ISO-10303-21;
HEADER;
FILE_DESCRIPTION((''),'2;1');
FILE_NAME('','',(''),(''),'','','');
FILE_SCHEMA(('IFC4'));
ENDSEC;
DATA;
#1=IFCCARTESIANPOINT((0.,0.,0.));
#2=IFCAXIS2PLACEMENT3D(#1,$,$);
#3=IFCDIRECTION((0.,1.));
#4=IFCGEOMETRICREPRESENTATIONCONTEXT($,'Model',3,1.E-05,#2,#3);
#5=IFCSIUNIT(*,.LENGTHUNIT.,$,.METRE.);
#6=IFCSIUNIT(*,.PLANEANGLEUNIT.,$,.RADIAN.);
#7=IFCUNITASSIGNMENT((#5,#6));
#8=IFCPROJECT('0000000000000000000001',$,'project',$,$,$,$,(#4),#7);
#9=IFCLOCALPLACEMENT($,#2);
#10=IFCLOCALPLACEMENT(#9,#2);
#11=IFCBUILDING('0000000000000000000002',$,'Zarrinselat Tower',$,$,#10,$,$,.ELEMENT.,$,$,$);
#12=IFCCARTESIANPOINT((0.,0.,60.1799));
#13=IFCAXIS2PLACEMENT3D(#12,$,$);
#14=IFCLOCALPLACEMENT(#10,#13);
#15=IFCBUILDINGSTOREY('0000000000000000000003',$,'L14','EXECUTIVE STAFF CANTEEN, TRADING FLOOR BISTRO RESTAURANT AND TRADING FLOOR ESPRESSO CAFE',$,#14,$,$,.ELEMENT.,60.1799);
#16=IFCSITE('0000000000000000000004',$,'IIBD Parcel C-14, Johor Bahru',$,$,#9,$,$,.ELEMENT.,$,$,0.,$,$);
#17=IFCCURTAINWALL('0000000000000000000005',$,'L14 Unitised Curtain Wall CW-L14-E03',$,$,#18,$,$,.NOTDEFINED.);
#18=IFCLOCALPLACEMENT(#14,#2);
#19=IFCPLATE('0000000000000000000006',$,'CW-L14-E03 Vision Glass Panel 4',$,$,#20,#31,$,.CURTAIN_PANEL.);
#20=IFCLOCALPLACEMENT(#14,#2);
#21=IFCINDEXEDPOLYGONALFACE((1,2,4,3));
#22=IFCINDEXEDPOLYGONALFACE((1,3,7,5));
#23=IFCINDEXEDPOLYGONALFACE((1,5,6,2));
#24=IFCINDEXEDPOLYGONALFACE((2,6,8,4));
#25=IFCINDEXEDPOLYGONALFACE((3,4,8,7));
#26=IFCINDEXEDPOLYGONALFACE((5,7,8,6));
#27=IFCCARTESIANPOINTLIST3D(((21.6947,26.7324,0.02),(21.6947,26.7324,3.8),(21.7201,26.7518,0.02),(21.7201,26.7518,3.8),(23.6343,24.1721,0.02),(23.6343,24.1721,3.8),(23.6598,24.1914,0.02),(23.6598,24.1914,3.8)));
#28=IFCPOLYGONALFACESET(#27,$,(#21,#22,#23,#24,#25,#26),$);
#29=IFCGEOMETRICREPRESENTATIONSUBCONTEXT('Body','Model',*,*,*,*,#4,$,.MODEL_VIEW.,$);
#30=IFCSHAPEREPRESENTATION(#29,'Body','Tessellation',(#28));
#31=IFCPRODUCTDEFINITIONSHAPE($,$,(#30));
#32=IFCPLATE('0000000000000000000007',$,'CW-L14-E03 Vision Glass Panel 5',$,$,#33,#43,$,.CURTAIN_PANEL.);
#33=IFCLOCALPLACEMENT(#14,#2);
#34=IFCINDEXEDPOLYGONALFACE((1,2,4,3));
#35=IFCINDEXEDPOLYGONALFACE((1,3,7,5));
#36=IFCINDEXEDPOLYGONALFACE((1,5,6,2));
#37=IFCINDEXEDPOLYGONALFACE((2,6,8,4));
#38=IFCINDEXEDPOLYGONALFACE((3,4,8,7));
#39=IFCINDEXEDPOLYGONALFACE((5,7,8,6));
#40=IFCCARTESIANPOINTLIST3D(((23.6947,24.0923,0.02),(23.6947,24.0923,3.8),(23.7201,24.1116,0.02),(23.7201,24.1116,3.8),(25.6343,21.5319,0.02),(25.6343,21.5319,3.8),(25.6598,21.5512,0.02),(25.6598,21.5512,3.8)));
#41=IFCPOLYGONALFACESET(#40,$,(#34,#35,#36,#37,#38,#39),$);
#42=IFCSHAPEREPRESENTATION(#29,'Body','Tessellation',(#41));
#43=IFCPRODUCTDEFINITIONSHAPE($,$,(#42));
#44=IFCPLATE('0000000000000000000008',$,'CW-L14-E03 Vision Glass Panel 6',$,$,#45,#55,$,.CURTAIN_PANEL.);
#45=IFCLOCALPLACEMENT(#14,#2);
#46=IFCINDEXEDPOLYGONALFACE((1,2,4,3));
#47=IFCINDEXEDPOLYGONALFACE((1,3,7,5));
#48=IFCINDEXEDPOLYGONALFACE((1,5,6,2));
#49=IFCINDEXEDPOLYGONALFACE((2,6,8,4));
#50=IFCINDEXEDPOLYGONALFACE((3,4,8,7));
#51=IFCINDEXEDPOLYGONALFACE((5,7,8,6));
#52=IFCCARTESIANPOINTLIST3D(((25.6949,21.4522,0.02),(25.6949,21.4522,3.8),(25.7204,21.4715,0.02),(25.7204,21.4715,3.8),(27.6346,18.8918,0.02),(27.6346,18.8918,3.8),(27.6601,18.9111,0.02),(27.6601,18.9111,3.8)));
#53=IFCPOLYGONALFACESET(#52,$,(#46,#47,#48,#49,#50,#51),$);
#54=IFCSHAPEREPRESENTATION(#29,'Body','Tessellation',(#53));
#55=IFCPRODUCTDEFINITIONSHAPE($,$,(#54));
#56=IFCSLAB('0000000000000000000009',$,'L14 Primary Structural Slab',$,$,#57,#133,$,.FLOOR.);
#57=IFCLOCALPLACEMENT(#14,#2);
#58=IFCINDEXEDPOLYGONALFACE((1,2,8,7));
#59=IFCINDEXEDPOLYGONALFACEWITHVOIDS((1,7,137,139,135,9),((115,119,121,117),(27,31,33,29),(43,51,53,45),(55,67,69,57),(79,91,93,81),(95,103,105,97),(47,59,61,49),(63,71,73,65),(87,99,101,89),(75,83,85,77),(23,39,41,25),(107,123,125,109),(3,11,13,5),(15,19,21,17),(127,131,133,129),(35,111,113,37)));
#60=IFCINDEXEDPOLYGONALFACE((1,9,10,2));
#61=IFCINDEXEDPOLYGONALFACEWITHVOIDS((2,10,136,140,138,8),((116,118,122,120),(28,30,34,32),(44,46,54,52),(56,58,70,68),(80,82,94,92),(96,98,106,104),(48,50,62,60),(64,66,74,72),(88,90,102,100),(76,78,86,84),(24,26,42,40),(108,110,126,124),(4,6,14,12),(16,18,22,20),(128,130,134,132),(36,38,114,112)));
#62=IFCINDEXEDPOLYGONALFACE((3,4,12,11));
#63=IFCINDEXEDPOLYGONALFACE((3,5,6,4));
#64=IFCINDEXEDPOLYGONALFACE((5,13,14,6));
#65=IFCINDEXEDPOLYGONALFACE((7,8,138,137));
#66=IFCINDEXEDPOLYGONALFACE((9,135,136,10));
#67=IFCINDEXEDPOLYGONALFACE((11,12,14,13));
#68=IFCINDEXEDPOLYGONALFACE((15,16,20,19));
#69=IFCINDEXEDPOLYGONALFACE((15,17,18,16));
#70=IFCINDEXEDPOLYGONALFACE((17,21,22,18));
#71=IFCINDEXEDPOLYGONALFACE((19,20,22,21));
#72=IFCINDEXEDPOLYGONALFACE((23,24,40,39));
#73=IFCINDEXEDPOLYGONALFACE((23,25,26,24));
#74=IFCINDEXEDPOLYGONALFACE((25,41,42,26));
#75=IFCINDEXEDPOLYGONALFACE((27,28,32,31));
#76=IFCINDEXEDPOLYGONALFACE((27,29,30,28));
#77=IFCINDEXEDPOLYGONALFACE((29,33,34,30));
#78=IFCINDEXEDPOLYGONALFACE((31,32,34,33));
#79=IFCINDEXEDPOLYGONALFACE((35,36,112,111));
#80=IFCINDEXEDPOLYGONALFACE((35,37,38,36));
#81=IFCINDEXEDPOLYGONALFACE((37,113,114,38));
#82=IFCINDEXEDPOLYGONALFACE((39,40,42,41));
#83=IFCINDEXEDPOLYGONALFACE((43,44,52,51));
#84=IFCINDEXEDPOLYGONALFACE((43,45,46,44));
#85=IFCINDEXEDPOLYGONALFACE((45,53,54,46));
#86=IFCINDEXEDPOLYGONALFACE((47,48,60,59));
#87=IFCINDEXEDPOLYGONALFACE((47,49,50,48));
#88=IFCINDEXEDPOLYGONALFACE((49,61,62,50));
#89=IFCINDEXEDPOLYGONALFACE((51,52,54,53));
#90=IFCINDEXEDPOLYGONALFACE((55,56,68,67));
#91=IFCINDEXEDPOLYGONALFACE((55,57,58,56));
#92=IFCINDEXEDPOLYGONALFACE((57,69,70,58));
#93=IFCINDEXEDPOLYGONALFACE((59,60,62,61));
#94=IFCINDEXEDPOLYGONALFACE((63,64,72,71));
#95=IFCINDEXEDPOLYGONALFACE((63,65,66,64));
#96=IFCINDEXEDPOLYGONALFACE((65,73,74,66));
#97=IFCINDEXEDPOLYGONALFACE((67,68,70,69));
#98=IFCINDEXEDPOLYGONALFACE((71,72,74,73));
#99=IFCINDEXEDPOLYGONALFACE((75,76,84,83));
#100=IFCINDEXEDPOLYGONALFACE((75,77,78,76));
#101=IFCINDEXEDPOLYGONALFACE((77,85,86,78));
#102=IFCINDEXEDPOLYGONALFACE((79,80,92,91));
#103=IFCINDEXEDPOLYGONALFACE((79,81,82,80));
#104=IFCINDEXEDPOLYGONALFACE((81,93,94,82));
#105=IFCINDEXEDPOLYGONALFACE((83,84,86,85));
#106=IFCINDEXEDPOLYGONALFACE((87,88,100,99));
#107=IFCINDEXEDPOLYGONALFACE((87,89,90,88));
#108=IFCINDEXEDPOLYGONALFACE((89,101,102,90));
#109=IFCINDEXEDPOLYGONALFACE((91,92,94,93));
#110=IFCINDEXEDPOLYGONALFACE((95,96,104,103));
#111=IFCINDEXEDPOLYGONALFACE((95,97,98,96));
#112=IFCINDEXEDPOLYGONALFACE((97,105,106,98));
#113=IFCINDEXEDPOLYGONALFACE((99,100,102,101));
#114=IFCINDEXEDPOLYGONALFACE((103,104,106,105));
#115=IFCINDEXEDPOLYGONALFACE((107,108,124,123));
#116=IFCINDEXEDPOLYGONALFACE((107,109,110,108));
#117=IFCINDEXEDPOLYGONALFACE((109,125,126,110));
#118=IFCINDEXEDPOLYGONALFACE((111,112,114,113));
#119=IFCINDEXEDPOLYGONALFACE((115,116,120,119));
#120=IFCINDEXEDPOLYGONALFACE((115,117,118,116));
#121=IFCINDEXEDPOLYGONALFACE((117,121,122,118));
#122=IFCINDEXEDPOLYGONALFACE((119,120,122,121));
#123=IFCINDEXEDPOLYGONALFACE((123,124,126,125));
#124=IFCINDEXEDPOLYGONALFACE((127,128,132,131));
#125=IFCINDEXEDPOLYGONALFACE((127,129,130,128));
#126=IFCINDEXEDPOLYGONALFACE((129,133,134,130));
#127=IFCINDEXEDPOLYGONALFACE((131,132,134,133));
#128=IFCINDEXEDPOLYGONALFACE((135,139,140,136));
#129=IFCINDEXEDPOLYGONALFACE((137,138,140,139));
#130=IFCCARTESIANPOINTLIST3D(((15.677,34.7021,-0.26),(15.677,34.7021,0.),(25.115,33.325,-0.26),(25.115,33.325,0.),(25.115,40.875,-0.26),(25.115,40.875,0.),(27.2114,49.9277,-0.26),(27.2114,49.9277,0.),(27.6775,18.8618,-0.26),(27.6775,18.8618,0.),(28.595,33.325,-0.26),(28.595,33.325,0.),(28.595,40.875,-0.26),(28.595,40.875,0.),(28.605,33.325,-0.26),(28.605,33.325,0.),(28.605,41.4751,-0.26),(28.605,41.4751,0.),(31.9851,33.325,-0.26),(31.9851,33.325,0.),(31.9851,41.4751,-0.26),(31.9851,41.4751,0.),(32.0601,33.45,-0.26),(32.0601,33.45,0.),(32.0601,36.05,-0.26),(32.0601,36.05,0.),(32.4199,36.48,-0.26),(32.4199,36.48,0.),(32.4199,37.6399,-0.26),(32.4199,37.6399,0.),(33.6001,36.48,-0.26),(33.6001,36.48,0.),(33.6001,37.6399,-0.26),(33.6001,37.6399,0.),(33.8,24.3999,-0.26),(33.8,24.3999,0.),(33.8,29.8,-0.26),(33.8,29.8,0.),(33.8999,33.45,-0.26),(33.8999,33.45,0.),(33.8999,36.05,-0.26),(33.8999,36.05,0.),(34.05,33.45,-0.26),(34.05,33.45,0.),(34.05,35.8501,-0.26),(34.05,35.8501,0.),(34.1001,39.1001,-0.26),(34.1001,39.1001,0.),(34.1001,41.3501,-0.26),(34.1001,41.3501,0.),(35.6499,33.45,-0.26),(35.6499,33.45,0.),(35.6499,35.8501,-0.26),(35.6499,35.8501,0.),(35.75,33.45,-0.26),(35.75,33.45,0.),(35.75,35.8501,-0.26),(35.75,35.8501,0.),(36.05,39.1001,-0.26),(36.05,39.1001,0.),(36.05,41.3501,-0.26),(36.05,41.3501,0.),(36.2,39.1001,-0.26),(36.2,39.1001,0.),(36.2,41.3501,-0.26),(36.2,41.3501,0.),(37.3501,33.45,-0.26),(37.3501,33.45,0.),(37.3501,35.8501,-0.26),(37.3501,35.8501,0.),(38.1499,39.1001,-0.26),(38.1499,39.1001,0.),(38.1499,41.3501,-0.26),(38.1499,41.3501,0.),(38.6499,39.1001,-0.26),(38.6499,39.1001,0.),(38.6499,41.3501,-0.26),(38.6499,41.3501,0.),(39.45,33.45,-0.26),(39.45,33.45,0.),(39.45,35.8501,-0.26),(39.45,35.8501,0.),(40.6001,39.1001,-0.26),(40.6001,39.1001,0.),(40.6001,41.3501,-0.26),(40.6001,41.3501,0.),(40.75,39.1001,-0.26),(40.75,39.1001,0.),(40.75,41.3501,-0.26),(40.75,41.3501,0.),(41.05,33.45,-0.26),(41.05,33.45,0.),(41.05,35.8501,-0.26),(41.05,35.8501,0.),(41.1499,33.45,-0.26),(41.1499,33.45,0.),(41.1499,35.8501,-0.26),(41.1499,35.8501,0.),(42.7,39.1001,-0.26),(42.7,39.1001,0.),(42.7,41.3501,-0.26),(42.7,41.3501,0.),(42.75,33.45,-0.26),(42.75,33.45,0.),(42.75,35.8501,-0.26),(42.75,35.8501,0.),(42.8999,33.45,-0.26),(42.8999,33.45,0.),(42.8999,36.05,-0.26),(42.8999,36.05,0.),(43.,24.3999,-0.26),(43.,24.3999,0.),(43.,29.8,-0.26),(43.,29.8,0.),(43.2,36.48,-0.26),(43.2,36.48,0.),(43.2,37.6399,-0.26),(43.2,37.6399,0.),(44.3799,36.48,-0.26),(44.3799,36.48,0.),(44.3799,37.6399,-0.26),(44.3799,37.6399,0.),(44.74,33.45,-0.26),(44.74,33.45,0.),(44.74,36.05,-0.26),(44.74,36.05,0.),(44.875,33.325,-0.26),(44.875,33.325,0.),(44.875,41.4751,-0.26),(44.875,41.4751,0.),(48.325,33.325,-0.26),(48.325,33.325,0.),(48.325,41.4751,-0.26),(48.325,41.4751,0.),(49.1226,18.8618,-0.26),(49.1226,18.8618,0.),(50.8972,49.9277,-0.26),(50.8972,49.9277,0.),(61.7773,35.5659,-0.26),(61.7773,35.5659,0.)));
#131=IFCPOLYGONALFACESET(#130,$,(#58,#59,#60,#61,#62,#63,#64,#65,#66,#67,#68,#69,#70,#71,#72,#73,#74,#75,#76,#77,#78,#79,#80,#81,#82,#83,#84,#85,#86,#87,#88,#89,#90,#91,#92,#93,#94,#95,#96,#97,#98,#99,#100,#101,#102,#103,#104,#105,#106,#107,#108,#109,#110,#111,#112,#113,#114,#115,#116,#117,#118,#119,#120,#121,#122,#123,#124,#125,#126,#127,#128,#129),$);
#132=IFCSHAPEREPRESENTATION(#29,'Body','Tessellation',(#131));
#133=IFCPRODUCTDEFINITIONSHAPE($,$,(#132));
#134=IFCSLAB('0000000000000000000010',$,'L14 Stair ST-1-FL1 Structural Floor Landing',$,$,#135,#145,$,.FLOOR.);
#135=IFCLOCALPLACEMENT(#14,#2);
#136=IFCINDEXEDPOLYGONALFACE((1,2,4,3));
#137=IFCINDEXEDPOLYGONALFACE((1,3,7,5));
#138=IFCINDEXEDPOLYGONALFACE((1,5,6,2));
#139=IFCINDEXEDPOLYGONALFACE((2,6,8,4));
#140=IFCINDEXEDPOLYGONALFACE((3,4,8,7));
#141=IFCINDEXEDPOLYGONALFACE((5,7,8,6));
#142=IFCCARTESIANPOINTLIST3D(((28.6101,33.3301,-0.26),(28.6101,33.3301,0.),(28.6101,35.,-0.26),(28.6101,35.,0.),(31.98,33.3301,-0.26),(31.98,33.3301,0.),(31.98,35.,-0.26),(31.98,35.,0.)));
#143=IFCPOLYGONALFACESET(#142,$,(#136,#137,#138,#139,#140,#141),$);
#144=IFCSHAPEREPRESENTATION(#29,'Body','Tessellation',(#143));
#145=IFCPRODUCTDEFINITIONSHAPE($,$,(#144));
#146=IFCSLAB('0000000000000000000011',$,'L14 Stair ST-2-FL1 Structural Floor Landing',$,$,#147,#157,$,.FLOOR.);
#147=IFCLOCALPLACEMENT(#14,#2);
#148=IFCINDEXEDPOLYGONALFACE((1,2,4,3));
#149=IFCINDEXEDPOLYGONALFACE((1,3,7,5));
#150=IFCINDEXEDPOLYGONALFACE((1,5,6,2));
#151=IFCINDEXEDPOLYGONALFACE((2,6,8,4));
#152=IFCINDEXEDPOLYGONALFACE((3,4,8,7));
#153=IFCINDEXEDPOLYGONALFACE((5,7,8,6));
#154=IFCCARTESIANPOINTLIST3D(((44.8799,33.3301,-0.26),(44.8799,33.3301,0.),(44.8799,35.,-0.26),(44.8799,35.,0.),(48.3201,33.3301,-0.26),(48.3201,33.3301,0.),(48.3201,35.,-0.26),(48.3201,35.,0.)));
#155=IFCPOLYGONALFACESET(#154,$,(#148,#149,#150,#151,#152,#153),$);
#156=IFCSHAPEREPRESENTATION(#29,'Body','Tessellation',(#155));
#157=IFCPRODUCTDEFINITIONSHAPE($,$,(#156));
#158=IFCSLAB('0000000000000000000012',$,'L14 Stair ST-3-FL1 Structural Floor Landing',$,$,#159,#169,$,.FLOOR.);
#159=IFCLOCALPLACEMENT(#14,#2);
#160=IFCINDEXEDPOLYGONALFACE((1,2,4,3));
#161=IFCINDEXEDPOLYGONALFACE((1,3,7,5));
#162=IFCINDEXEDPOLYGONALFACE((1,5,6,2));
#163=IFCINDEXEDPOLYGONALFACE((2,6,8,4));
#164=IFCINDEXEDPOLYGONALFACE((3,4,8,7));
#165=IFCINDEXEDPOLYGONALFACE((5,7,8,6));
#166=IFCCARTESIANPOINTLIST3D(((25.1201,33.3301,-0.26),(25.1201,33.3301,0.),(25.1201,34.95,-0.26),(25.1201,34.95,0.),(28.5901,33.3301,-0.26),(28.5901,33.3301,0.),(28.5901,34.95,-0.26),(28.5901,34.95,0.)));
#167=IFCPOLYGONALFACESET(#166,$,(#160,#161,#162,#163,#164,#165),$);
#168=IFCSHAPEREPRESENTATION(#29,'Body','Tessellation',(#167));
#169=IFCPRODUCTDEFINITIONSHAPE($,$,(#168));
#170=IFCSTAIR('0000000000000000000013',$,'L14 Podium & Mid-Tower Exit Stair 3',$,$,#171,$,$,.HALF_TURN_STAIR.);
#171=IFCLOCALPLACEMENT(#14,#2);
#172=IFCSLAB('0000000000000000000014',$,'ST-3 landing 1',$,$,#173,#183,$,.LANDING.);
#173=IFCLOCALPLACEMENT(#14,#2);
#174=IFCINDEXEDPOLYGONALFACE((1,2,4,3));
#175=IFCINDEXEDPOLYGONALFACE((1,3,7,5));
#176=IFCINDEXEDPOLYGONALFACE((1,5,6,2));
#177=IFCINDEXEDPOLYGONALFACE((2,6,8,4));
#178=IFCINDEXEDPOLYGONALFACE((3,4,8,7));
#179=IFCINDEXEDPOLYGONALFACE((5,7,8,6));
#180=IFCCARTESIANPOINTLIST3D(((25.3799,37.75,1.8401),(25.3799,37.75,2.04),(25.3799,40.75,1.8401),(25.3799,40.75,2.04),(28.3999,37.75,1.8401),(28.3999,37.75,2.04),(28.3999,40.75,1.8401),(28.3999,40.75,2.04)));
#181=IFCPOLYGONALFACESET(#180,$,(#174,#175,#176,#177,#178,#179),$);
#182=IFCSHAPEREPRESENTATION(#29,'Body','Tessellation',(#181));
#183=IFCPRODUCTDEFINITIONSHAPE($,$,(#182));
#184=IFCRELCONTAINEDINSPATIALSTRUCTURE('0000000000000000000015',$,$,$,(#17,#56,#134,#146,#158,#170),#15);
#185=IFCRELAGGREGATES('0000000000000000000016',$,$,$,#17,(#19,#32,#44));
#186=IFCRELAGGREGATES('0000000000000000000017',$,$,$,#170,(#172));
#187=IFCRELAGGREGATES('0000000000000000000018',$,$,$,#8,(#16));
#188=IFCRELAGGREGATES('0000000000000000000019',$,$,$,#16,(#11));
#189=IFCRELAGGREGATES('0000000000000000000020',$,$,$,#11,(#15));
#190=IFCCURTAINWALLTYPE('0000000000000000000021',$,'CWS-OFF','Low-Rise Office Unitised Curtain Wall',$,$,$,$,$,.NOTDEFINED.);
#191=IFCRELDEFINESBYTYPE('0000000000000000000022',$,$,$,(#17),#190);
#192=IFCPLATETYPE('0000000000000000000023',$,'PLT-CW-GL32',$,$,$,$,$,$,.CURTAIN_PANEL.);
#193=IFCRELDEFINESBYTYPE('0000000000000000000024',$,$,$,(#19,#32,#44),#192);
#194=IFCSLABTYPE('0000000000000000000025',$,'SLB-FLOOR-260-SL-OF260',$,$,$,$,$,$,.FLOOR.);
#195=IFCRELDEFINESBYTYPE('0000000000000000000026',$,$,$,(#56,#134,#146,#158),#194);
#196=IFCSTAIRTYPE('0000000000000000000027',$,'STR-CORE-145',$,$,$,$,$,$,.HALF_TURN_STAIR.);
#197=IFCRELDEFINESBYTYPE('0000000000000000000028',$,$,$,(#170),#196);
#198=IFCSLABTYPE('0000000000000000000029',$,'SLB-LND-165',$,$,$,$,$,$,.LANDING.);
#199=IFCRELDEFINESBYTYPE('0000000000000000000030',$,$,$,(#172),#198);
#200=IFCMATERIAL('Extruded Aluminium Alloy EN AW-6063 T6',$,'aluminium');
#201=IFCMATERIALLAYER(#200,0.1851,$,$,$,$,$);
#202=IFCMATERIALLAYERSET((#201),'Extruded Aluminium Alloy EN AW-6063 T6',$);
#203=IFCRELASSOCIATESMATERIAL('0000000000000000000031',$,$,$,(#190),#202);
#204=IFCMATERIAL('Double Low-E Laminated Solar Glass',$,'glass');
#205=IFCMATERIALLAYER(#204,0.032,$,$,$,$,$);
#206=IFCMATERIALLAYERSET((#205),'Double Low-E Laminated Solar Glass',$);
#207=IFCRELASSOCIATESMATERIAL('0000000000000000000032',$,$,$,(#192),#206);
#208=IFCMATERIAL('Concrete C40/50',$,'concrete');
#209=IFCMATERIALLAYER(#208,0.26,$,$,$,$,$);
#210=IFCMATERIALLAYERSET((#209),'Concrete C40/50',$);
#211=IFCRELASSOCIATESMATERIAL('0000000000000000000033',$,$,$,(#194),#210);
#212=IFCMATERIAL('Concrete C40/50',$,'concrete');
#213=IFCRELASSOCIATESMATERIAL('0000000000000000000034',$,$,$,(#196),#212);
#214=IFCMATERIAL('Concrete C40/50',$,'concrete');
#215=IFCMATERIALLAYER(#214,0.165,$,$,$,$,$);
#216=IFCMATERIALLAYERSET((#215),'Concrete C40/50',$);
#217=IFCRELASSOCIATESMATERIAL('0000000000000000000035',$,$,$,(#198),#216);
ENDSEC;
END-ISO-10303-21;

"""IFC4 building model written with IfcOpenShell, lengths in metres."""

from ifc_helpers import new_model, si_unit, direction, frame, origin, origin_2d, place, context, subcontext, project, spatial, polyline, rectangle, outline, extrude, material, layer, layer_set, type_object, element, aggregate, save


model = new_model("IFC4")

# Units and contexts
model_context = context("Model", 3, precision=1e-05, world=origin(), true_north=direction((0.0, 1.0)))
body_context = subcontext(model_context, "Body", "Model", "MODEL_VIEW")
ifc_project = project(units=[si_unit("LENGTHUNIT", "METRE"), si_unit("PLANEANGLEUNIT", "RADIAN")], contexts=[model_context])

# Site, building, storey
site_placement = place(None, origin())
site = spatial("IfcSite", under=ifc_project, at=site_placement, Name="IIBD Parcel C-14, Johor Bahru", CompositionType="ELEMENT", RefElevation=0.0)
building_placement = place(site_placement, origin())
building = spatial("IfcBuilding", under=site, at=building_placement, Name="Zarrinselat Tower", CompositionType="ELEMENT")
storey_placement = place(building_placement, frame((0.0, 0.0, 60.1799)))
storey = spatial("IfcBuildingStorey", under=building, at=storey_placement, Name="L14", Description="EXECUTIVE STAFF CANTEEN, TRADING FLOOR BISTRO RESTAURANT AND TRADING FLOOR ESPRESSO CAFE", CompositionType="ELEMENT", Elevation=60.1799)

# Shared definitions
ifc_material_1 = material(Name="Extruded Aluminium Alloy EN AW-6063 T6", Category="aluminium")
ifc_layer_1 = layer(ifc_material_1, 0.1851)
ifc_layer_set_1 = layer_set([ifc_layer_1], Name="Extruded Aluminium Alloy EN AW-6063 T6")
curtain_wall_type = type_object("IfcCurtainWallType", Name="CWS-OFF", Description="Low-Rise Office Unitised Curtain Wall", PredefinedType="NOTDEFINED", material=ifc_layer_set_1)

# Curtain wall, plates
curtain_wall_1_placement = place(storey_placement, origin())
curtain_wall_1 = element("IfcCurtainWall", 1, at=curtain_wall_1_placement, inside=storey, type_object=curtain_wall_type, Name="L14 Unitised Curtain Wall CW-L14-E03", PredefinedType="NOTDEFINED")
ifc_material_2 = material(Name="Double Low-E Laminated Solar Glass", Category="glass")
ifc_layer_2 = layer(ifc_material_2, 0.032)
ifc_layer_set_2 = layer_set([ifc_layer_2], Name="Double Low-E Laminated Solar Glass")
plate_type = type_object("IfcPlateType", Name="PLT-CW-GL32", PredefinedType="CURTAIN_PANEL", material=ifc_layer_set_2)
plate_1_placement = place(storey_placement, frame((22.6772, 25.4619, 0.02), z_axis=(0.0, 0.0, 1.0), x_axis=(0.603862, -0.797089, 0.0)))
plate_1 = element("IfcPlate", 2, at=plate_1_placement, type_object=plate_type, Name="CW-L14-E03 Vision Glass Panel 4", PredefinedType="CURTAIN_PANEL", context=body_context, shape_type="SweptSolid", body=[
    extrude(rectangle(XDim=3.2122, YDim=0.032, at=origin_2d()), origin(), (0.0, 0.0, 1.0), 3.78),
])
plate_2_placement = place(storey_placement, frame((24.6772, 22.8218, 0.02), z_axis=(0.0, 0.0, 1.0), x_axis=(0.603862, -0.797089, 0.0)))
plate_2 = element("IfcPlate", 3, at=plate_2_placement, type_object=plate_type, Name="CW-L14-E03 Vision Glass Panel 5", PredefinedType="CURTAIN_PANEL", context=body_context, shape_type="SweptSolid", body=[
    extrude(rectangle(XDim=3.2122, YDim=0.032, at=origin_2d()), origin(), (0.0, 0.0, 1.0), 3.78),
])
plate_3_placement = place(storey_placement, frame((26.6775, 20.1816, 0.02), z_axis=(0.0, 0.0, 1.0), x_axis=(0.603862, -0.797089, 0.0)))
plate_3 = element("IfcPlate", 4, at=plate_3_placement, type_object=plate_type, Name="CW-L14-E03 Vision Glass Panel 6", PredefinedType="CURTAIN_PANEL", context=body_context, shape_type="SweptSolid", body=[
    extrude(rectangle(XDim=3.2122, YDim=0.032, at=origin_2d()), origin(), (0.0, 0.0, 1.0), 3.78),
])
aggregate(curtain_wall_1, [plate_1, plate_2, plate_3])

# Slabs
ifc_material_3 = material(Name="Concrete C40/50", Category="concrete")
ifc_layer_3 = layer(ifc_material_3, 0.26)
ifc_layer_set_3 = layer_set([ifc_layer_3], Name="Concrete C40/50")
slab_type_1 = type_object("IfcSlabType", Name="SLB-FLOOR-260-SL-OF260", PredefinedType="FLOOR", material=ifc_layer_set_3)
slab_1_placement = place(storey_placement, frame((0.0, 0.0, -0.26)))
element("IfcSlab", 5, at=slab_1_placement, inside=storey, type_object=slab_type_1, Name="L14 Primary Structural Slab", PredefinedType="FLOOR", context=body_context, shape_type="SweptSolid", body=[
    extrude(outline(polyline([(50.8972, 49.9277), (27.2114, 49.9277), (15.677, 34.7021), (27.6775, 18.8618), (49.1226, 18.8618), (61.7773, 35.5659), (50.8972, 49.9277)]), holes=[polyline([(34.05, 33.45), (34.05, 35.8501), (35.6499, 35.8501), (35.6499, 33.45), (34.05, 33.45)]), polyline([(35.75, 33.45), (35.75, 35.8501), (37.3501, 35.8501), (37.3501, 33.45), (35.75, 33.45)]), polyline([(32.0601, 33.45), (32.0601, 36.05), (33.8999, 36.05), (33.8999, 33.45), (32.0601, 33.45)]), polyline([(32.4199, 36.48), (32.4199, 37.6399), (33.6001, 37.6399), (33.6001, 36.48), (32.4199, 36.48)]), polyline([(28.595, 33.325), (25.115, 33.325), (25.115, 40.875), (28.595, 40.875), (28.595, 33.325)]), polyline([(31.9851, 33.325), (28.605, 33.325), (28.605, 41.4751), (31.9851, 41.4751), (31.9851, 33.325)]), polyline([(34.1001, 39.1001), (34.1001, 41.3501), (36.05, 41.3501), (36.05, 39.1001), (34.1001, 39.1001)]), polyline([(36.2, 39.1001), (36.2, 41.3501), (38.1499, 41.3501), (38.1499, 39.1001), (36.2, 39.1001)]), polyline([(33.8, 24.3999), (33.8, 29.8), (43.0, 29.8), (43.0, 24.3999), (33.8, 24.3999)]), polyline([(39.45, 33.45), (39.45, 35.8501), (41.05, 35.8501), (41.05, 33.45), (39.45, 33.45)]), polyline([(41.1499, 33.45), (41.1499, 35.8501), (42.75, 35.8501), (42.75, 33.45), (41.1499, 33.45)]), polyline([(42.8999, 33.45), (42.8999, 36.05), (44.74, 36.05), (44.74, 33.45), (42.8999, 33.45)]), polyline([(43.2, 36.48), (43.2, 37.6399), (44.3799, 37.6399), (44.3799, 36.48), (43.2, 36.48)]), polyline([(48.325, 33.325), (44.875, 33.325), (44.875, 41.4751), (48.325, 41.4751), (48.325, 33.325)]), polyline([(38.6499, 39.1001), (38.6499, 41.3501), (40.6001, 41.3501), (40.6001, 39.1001), (38.6499, 39.1001)]), polyline([(40.75, 39.1001), (40.75, 41.3501), (42.7, 41.3501), (42.7, 39.1001), (40.75, 39.1001)])]), origin(), (0.0, 0.0, 1.0), 0.26),
])
slab_2_placement = place(storey_placement, frame((0.0, 0.0, -0.26)))
element("IfcSlab", 6, at=slab_2_placement, inside=storey, type_object=slab_type_1, Name="L14 Stair ST-1-FL1 Structural Floor Landing", PredefinedType="FLOOR", context=body_context, shape_type="SweptSolid", body=[
    extrude(outline(polyline([(31.98, 33.3301), (31.98, 35.0), (28.6101, 35.0), (28.6101, 33.3301), (31.98, 33.3301)])), origin(), (0.0, 0.0, 1.0), 0.26),
])
slab_3_placement = place(storey_placement, frame((0.0, 0.0, -0.26)))
element("IfcSlab", 7, at=slab_3_placement, inside=storey, type_object=slab_type_1, Name="L14 Stair ST-2-FL1 Structural Floor Landing", PredefinedType="FLOOR", context=body_context, shape_type="SweptSolid", body=[
    extrude(outline(polyline([(48.3201, 33.3301), (48.3201, 35.0), (44.8799, 35.0), (44.8799, 33.3301), (48.3201, 33.3301)])), origin(), (0.0, 0.0, 1.0), 0.26),
])
slab_4_placement = place(storey_placement, frame((0.0, 0.0, -0.26)))
element("IfcSlab", 8, at=slab_4_placement, inside=storey, type_object=slab_type_1, Name="L14 Stair ST-3-FL1 Structural Floor Landing", PredefinedType="FLOOR", context=body_context, shape_type="SweptSolid", body=[
    extrude(outline(polyline([(28.5901, 33.3301), (28.5901, 34.95), (25.1201, 34.95), (25.1201, 33.3301), (28.5901, 33.3301)])), origin(), (0.0, 0.0, 1.0), 0.26),
])

# Stair, slab
ifc_material_4 = material(Name="Concrete C40/50", Category="concrete")
stair_type_1 = type_object("IfcStairType", Name="STR-CORE-145", PredefinedType="HALF_TURN_STAIR", material=ifc_material_4)
stair_1_placement = place(storey_placement, origin())
stair_1 = element("IfcStair", 9, at=stair_1_placement, inside=storey, type_object=stair_type_1, Name="L14 Podium & Mid-Tower Exit Stair 3", PredefinedType="HALF_TURN_STAIR")
ifc_material_5 = material(Name="Concrete C40/50", Category="concrete")
ifc_layer_4 = layer(ifc_material_5, 0.165)
ifc_layer_set_4 = layer_set([ifc_layer_4], Name="Concrete C40/50")
slab_type_2 = type_object("IfcSlabType", Name="SLB-LND-165", PredefinedType="LANDING", material=ifc_layer_set_4)
slab_5_placement = place(storey_placement, frame((0.0, 0.0, 1.8401)))
slab_5 = element("IfcSlab", 10, at=slab_5_placement, type_object=slab_type_2, Name="ST-3 landing 1", PredefinedType="LANDING", context=body_context, shape_type="SweptSolid", body=[
    extrude(outline(polyline([(28.3999, 37.75), (28.3999, 40.75), (25.3799, 40.75), (25.3799, 37.75), (28.3999, 37.75)])), origin(), (0.0, 0.0, 1.0), 0.2),
])
aggregate(stair_1, [slab_5])

save(model, "model.ifc")
